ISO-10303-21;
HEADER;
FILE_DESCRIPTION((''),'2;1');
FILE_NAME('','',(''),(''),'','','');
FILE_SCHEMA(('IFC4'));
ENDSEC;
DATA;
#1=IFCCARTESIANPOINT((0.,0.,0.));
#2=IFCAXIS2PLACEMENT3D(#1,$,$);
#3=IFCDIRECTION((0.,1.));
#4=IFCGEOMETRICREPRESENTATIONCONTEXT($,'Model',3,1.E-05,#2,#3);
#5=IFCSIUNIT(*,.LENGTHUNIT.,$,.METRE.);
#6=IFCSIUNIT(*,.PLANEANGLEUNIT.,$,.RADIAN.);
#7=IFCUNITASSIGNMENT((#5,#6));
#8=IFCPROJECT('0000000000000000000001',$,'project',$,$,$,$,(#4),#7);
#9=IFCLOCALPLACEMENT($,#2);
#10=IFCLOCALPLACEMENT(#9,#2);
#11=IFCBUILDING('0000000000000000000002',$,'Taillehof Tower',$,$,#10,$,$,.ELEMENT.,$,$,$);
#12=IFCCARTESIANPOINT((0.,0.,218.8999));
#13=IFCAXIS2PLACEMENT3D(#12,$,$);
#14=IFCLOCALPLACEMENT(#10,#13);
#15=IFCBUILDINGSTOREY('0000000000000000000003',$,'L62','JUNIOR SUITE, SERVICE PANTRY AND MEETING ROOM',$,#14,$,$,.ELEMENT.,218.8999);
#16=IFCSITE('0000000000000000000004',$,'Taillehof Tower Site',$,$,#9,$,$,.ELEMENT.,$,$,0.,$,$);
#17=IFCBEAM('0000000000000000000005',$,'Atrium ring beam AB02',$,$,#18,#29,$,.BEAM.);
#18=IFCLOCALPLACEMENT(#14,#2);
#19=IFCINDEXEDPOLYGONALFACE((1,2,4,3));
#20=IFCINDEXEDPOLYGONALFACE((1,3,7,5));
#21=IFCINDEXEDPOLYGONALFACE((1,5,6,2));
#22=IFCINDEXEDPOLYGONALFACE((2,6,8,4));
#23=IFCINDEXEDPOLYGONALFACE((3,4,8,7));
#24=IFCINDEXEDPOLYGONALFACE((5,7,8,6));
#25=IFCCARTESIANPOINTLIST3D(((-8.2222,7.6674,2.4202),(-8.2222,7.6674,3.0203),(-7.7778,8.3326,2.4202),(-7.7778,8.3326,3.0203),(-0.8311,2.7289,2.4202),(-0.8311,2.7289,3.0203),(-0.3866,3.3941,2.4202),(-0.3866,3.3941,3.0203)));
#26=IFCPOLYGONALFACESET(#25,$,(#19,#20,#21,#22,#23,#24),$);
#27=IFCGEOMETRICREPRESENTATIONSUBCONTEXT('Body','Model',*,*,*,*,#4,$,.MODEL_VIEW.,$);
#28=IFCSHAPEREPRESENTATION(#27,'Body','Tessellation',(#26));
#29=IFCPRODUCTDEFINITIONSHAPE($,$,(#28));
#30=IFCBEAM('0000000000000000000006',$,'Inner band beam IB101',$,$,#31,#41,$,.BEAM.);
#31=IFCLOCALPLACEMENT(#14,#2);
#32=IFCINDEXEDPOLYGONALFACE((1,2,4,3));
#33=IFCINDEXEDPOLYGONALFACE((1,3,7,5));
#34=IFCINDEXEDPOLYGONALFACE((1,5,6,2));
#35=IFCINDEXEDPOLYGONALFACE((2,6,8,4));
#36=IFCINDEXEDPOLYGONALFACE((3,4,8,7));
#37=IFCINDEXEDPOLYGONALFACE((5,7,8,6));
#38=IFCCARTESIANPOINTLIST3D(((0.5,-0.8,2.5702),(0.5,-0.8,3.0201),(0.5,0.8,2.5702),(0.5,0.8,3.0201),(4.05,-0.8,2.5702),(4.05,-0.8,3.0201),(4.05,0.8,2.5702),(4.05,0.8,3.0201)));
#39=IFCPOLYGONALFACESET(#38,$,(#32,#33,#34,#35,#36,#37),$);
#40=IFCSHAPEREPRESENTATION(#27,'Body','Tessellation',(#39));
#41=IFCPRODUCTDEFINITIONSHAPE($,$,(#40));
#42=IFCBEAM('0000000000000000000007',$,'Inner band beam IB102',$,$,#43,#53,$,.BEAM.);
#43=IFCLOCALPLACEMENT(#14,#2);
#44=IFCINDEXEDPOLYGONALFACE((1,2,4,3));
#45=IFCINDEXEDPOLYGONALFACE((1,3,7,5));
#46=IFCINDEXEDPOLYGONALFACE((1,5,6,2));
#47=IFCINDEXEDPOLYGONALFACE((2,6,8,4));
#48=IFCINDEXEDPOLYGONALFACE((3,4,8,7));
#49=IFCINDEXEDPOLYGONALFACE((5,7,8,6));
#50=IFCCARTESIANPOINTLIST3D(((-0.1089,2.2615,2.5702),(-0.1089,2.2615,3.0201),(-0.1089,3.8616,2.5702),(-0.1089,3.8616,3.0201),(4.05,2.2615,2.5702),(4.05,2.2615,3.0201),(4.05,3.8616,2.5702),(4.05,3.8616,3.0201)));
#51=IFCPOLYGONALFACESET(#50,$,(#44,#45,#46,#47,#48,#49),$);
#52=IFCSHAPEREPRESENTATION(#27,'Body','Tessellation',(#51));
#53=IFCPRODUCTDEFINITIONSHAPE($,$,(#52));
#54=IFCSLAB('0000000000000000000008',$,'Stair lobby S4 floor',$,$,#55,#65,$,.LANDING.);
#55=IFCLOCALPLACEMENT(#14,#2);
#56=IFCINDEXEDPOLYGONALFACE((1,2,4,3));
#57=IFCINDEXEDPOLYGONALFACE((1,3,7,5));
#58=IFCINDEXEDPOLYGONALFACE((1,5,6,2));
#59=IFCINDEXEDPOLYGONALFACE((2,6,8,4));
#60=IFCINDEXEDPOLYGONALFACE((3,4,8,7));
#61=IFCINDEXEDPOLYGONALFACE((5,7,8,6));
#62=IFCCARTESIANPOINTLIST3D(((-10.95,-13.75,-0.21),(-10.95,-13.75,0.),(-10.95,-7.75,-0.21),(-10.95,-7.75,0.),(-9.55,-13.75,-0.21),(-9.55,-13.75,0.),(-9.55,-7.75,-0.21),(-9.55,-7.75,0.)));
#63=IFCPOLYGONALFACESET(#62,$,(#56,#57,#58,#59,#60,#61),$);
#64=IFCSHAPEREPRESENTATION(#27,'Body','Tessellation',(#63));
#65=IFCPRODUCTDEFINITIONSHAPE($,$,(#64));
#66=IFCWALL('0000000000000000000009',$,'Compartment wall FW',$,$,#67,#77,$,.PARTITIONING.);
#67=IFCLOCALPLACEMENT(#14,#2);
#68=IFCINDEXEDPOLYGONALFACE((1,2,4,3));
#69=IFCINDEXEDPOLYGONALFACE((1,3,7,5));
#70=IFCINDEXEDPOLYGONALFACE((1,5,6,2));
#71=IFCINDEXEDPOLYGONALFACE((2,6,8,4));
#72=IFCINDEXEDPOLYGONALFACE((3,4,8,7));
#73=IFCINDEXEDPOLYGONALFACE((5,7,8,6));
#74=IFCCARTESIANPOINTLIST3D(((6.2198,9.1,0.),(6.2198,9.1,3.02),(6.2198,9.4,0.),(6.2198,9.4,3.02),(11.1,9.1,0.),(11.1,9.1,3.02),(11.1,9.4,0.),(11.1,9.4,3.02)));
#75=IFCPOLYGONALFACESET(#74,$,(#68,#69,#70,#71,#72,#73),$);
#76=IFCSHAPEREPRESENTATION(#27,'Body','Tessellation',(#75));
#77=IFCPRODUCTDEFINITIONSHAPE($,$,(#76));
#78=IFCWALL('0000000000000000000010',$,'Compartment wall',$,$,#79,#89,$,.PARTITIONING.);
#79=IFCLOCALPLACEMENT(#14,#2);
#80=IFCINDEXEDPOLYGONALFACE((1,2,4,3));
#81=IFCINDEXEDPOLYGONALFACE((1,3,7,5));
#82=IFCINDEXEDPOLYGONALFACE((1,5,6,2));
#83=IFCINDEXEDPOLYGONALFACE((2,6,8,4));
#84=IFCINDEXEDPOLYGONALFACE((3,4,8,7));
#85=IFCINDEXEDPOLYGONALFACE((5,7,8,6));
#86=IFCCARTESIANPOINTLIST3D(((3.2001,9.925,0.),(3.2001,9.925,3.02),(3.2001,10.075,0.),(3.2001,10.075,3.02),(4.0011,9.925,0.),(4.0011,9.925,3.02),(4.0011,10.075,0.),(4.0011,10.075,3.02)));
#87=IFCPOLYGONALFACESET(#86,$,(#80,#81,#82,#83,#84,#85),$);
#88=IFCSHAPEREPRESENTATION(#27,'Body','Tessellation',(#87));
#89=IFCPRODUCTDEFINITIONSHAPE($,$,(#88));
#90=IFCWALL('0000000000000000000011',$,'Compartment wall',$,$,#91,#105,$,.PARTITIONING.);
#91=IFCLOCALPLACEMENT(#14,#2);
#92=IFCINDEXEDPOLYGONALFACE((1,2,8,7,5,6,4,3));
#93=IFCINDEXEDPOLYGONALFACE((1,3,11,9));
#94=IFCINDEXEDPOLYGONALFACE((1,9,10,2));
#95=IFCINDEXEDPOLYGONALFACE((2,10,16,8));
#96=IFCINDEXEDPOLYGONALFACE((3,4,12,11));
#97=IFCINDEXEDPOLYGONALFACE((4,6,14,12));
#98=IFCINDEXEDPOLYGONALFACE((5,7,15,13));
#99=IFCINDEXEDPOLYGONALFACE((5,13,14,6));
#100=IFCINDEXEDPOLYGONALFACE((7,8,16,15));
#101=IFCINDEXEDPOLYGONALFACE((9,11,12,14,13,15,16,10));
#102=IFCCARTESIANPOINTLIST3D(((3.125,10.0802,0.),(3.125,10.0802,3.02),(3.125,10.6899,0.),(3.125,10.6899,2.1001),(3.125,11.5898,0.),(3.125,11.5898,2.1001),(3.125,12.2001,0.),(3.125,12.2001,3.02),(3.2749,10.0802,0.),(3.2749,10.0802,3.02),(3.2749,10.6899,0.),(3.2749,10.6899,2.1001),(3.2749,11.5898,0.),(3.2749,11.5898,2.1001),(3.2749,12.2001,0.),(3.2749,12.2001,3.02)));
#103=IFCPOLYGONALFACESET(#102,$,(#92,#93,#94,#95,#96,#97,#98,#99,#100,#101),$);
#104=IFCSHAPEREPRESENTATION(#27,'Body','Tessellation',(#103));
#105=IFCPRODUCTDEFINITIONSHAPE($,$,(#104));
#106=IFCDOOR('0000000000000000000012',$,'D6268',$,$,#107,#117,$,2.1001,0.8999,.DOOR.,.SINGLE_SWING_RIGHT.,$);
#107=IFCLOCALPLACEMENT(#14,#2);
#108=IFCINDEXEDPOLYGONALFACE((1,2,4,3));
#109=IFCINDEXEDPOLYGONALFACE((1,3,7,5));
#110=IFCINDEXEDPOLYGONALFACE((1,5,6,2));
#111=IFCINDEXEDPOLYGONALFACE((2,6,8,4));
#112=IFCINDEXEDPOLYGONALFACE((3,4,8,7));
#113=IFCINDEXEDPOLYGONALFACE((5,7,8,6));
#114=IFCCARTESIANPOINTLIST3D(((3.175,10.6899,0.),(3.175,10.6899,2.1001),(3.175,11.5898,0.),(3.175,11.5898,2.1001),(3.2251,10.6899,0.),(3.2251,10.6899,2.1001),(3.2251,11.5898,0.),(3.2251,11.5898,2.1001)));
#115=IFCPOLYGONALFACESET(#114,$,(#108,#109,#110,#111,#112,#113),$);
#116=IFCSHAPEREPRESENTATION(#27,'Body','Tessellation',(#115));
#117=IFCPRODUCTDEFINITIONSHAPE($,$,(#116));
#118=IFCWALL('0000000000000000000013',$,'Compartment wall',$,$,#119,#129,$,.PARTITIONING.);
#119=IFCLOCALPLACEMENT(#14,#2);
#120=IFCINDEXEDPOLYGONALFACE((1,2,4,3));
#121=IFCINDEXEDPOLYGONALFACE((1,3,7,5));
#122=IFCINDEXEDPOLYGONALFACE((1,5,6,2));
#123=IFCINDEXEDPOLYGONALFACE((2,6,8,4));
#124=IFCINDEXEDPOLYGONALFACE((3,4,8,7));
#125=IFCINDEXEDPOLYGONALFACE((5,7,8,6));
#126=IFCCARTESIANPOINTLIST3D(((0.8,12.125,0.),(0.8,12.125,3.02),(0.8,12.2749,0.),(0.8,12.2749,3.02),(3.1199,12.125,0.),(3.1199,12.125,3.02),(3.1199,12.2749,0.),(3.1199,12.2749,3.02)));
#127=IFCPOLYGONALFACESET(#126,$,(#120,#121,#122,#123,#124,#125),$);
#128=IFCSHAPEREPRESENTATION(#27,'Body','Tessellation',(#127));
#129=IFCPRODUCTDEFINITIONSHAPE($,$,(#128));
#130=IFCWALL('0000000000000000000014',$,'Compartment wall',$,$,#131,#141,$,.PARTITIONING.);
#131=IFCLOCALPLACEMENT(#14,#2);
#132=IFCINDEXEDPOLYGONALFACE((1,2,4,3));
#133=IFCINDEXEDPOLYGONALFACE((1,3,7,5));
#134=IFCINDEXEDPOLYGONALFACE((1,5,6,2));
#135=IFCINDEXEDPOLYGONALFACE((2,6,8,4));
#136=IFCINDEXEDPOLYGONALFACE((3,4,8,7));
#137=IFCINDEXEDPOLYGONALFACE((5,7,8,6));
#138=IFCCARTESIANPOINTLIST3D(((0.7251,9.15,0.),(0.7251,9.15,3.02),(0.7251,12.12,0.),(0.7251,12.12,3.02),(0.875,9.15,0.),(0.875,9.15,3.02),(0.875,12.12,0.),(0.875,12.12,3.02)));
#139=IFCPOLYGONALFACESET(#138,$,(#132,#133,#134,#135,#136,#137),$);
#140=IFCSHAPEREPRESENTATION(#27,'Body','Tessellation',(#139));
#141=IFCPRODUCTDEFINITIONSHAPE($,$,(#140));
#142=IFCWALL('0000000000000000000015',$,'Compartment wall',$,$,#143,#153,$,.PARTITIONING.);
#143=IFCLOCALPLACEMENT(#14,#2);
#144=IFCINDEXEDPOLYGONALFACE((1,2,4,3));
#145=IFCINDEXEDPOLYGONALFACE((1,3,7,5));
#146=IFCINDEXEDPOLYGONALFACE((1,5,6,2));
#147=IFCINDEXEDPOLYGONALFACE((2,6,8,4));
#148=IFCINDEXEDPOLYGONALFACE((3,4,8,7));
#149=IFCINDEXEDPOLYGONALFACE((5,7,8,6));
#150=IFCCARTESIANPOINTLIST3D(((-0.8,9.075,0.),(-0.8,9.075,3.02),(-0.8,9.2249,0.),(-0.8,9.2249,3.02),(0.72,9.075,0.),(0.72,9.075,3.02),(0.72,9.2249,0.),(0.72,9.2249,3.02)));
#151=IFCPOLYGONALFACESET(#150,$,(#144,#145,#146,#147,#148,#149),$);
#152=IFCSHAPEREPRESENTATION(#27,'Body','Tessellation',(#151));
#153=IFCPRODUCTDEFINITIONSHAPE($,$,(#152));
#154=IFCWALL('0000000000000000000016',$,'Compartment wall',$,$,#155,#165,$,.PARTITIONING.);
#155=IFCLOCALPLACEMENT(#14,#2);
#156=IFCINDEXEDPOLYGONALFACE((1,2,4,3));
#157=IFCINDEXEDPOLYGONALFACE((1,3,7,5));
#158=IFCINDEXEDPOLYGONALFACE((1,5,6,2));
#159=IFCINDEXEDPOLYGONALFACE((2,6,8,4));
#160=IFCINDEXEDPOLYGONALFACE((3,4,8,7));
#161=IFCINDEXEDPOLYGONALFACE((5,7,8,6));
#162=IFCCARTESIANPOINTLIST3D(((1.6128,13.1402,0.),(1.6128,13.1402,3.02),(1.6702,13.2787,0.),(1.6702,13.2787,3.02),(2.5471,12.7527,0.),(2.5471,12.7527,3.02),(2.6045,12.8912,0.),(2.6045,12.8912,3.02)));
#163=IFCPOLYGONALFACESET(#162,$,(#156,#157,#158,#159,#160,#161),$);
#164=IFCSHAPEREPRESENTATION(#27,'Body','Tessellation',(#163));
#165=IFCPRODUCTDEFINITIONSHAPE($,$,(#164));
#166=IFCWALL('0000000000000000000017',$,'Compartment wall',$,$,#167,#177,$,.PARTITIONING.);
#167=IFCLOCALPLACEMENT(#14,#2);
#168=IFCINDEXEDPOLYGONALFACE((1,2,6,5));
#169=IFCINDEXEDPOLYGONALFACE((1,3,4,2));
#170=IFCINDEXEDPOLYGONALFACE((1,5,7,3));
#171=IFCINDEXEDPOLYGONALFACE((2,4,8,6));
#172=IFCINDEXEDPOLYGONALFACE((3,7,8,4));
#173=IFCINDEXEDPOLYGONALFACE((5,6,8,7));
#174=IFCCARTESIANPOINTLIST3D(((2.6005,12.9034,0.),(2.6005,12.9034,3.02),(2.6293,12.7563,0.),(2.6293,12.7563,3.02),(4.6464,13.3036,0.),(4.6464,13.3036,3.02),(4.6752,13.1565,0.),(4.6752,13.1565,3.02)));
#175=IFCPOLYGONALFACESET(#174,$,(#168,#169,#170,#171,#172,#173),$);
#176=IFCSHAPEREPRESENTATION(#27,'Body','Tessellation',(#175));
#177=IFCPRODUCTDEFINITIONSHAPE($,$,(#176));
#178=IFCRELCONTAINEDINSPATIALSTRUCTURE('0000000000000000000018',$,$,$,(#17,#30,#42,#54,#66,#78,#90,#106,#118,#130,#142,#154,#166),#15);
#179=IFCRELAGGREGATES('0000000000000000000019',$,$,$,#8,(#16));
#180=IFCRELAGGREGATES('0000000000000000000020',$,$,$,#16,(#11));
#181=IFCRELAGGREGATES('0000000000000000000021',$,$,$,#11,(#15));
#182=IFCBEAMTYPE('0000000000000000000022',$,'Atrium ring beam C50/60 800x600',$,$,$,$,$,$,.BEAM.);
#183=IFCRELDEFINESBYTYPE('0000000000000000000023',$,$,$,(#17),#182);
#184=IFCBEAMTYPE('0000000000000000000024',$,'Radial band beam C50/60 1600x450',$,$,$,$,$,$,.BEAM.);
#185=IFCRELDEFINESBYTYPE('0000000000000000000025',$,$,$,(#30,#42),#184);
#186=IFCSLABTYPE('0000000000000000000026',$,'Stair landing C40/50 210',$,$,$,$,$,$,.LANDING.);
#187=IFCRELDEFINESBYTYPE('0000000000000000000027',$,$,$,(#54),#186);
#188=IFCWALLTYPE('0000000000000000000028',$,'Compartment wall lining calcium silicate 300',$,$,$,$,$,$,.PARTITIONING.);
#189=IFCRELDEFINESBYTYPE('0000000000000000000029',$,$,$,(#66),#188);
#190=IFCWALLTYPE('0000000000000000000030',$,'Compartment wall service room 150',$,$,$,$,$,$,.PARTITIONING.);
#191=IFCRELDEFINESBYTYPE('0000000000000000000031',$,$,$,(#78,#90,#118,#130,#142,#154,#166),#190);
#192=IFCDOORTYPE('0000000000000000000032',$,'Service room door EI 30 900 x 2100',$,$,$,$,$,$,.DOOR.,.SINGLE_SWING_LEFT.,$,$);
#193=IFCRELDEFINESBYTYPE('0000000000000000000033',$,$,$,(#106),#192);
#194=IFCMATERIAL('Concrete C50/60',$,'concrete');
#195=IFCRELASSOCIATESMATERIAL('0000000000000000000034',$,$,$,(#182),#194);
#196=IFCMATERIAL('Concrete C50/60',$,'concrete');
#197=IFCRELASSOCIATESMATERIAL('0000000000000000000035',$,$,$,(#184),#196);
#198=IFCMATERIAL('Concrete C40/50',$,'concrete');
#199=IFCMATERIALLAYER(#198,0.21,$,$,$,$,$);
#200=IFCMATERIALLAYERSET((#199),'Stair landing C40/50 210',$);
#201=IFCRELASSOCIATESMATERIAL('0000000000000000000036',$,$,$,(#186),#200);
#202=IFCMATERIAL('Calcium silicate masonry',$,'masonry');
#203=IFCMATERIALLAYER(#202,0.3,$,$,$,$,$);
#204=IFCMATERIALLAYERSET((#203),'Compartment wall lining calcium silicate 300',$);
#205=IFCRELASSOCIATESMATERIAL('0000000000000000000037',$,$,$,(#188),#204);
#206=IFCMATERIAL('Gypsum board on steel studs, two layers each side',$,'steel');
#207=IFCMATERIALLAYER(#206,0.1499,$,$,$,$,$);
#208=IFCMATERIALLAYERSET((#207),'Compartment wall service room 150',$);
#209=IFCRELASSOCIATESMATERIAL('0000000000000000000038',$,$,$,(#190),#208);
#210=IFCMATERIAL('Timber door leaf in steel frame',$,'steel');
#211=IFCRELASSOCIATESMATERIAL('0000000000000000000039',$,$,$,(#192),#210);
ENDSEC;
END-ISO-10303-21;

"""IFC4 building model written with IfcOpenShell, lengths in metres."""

from ifc_helpers import new_model, si_unit, direction, frame, frame_2d, origin, origin_2d, place, context, subcontext, project, spatial, polyline, rectangle, outline, extrude, material, layer, layer_set, material_profile, profile_set, type_object, element, fill, save


model = new_model("IFC4")

# Units and contexts
model_context = context("Model", 3, precision=1e-05, world=origin(), true_north=direction((0.0, 1.0)))
body_context = subcontext(model_context, "Body", "Model", "MODEL_VIEW")
ifc_project = project(units=[si_unit("LENGTHUNIT", "METRE"), si_unit("PLANEANGLEUNIT", "RADIAN")], contexts=[model_context])

# Site, building, storey
site_placement = place(None, origin())
site = spatial("IfcSite", under=ifc_project, at=site_placement, Name="Taillehof Tower Site", CompositionType="ELEMENT", RefElevation=0.0)
building_placement = place(site_placement, origin())
building = spatial("IfcBuilding", under=site, at=building_placement, Name="Taillehof Tower", CompositionType="ELEMENT")
storey_placement = place(building_placement, frame((0.0, 0.0, 218.8999)))
storey = spatial("IfcBuildingStorey", under=building, at=storey_placement, Name="L62", Description="JUNIOR SUITE, SERVICE PANTRY AND MEETING ROOM", CompositionType="ELEMENT", Elevation=218.8999)

# Beams
ifc_material_1 = material(Name="Concrete C50/60", Category="concrete")
ifc_material_profile_1 = material_profile(ifc_material_1, rectangle(XDim=0.8, YDim=0.6001, at=origin_2d()), Name="RC 800x600")
ifc_profile_set_1 = profile_set([ifc_material_profile_1], Name="Concrete C50/60")
beam_type_1 = type_object("IfcBeamType", Name="Atrium ring beam C50/60 800x600", PredefinedType="BEAM", material=ifc_profile_set_1)
beam_1_placement = place(storey_placement, frame((-0.6089, 3.0615, 2.7202), z_axis=(-0.831475, 0.555562, 0.0), x_axis=(-0.555562, -0.831475, 0.0)))
element("IfcBeam", 1, at=beam_1_placement, inside=storey, type_object=beam_type_1, Name="Atrium ring beam AB02", PredefinedType="BEAM", context=body_context, shape_type="SweptSolid", body=[
    extrude(rectangle(XDim=0.8, YDim=0.6001, at=origin_2d()), origin(), (0.0, 0.0, 1.0), 8.8892),
])
ifc_material_2 = material(Name="Concrete C50/60", Category="concrete")
ifc_material_profile_2 = material_profile(ifc_material_2, rectangle(XDim=1.6001, YDim=0.45, at=origin_2d()), Name="RC 1600x450")
ifc_profile_set_2 = profile_set([ifc_material_profile_2], Name="Concrete C50/60")
beam_type_2 = type_object("IfcBeamType", Name="Radial band beam C50/60 1600x450", PredefinedType="BEAM", material=ifc_profile_set_2)
beam_2_placement = place(storey_placement, frame((0.5, 0.0, 2.7952), z_axis=(1.0, 0.0, 0.0), x_axis=(0.0, 1.0, 0.0)))
element("IfcBeam", 2, at=beam_2_placement, inside=storey, type_object=beam_type_2, Name="Inner band beam IB101", PredefinedType="BEAM", context=body_context, shape_type="SweptSolid", body=[
    extrude(rectangle(XDim=1.6001, YDim=0.45, at=origin_2d()), origin(), (0.0, 0.0, 1.0), 3.55),
])
beam_3_placement = place(storey_placement, frame((-0.1089, 3.0615, 2.7952), z_axis=(1.0, 0.0, 0.0), x_axis=(0.0, 1.0, 0.0)))
element("IfcBeam", 3, at=beam_3_placement, inside=storey, type_object=beam_type_2, Name="Inner band beam IB102", PredefinedType="BEAM", context=body_context, shape_type="SweptSolid", body=[
    extrude(rectangle(XDim=1.6001, YDim=0.45, at=origin_2d()), origin(), (0.0, 0.0, 1.0), 4.1589),
])

# Slab
ifc_material_3 = material(Name="Concrete C40/50", Category="concrete")
ifc_layer_1 = layer(ifc_material_3, 0.21)
ifc_layer_set_1 = layer_set([ifc_layer_1], Name="Stair landing C40/50 210")
slab_type = type_object("IfcSlabType", Name="Stair landing C40/50 210", PredefinedType="LANDING", material=ifc_layer_set_1)
slab_placement = place(storey_placement, frame((0.0, 0.0, -0.21)))
element("IfcSlab", 4, at=slab_placement, inside=storey, type_object=slab_type, Name="Stair lobby S4 floor", PredefinedType="LANDING", context=body_context, shape_type="SweptSolid", body=[
    extrude(outline(polyline([(-10.95, -13.75), (-9.55, -13.75), (-9.55, -7.75), (-10.95, -7.75), (-10.95, -13.75)])), origin(), (0.0, 0.0, 1.0), 0.21),
])

# Walls
ifc_material_4 = material(Name="Calcium silicate masonry", Category="masonry")
ifc_layer_2 = layer(ifc_material_4, 0.3)
ifc_layer_set_2 = layer_set([ifc_layer_2], Name="Compartment wall lining calcium silicate 300")
wall_type_1 = type_object("IfcWallType", Name="Compartment wall lining calcium silicate 300", PredefinedType="PARTITIONING", material=ifc_layer_set_2)
wall_1_placement = place(storey_placement, frame((6.22, 9.25, 0.0), z_axis=(0.0, 0.0, 1.0), x_axis=(1.0, 0.0, 0.0)))
element("IfcWall", 5, at=wall_1_placement, inside=storey, type_object=wall_type_1, Name="Compartment wall FW", PredefinedType="PARTITIONING", context=body_context, shape_type="SweptSolid", body=[
    extrude(rectangle(XDim=4.8801, YDim=0.3, at=frame_2d((2.4399, 0.0))), origin(), (0.0, 0.0, 1.0), 3.02),
])
ifc_material_5 = material(Name="Gypsum board on steel studs, two layers each side", Category="steel")
ifc_layer_3 = layer(ifc_material_5, 0.1499)
ifc_layer_set_3 = layer_set([ifc_layer_3], Name="Compartment wall service room 150")
wall_type_2 = type_object("IfcWallType", Name="Compartment wall service room 150", PredefinedType="PARTITIONING", material=ifc_layer_set_3)
wall_2_placement = place(storey_placement, frame((4.001, 10.0, 0.0), z_axis=(0.0, 0.0, 1.0), x_axis=(-1.0, 0.0, 0.0)))
element("IfcWall", 6, at=wall_2_placement, inside=storey, type_object=wall_type_2, Name="Compartment wall", PredefinedType="PARTITIONING", context=body_context, shape_type="SweptSolid", body=[
    extrude(rectangle(XDim=0.801, YDim=0.1499, at=frame_2d((0.4004, 0.0))), origin(), (0.0, 0.0, 1.0), 3.02),
])

# Wall, opening, door
wall_3_placement = place(storey_placement, frame((3.2, 10.0801, 0.0), z_axis=(0.0, 0.0, 1.0), x_axis=(0.0, 1.0, 0.0)))
wall_3 = element("IfcWall", 7, at=wall_3_placement, inside=storey, type_object=wall_type_2, Name="Compartment wall", PredefinedType="PARTITIONING", context=body_context, shape_type="SweptSolid", body=[
    extrude(rectangle(XDim=2.1199, YDim=0.1499, at=frame_2d((1.0601, 0.0))), origin(), (0.0, 0.0, 1.0), 3.02),
])
opening_1_placement = place(wall_3_placement, frame((0.6099, 0.0, 0.0)))
opening_1 = element("IfcOpeningElement", 8, at=opening_1_placement, cuts=wall_3, PredefinedType="OPENING", context=body_context, shape_type="SweptSolid", body=[
    extrude(rectangle(XDim=0.8999, YDim=2.1001, at=frame_2d((0.45, 1.05))), frame((0.0, 0.085, 0.0), z_axis=(0.0, -1.0, 0.0), x_axis=(1.0, 0.0, 0.0)), (0.0, 0.0, 1.0), 0.1699),
])
ifc_material_6 = material(Name="Timber door leaf in steel frame", Category="steel")
door_type_1 = type_object("IfcDoorType", Name="Service room door EI 30 900 x 2100", OperationType="SINGLE_SWING_LEFT", PredefinedType="DOOR", material=ifc_material_6)
door_1_placement = place(opening_1_placement, origin())
door_1 = element("IfcDoor", 9, at=door_1_placement, inside=storey, type_object=door_type_1, Name="D6268", OperationType="SINGLE_SWING_RIGHT", OverallHeight=2.1001, OverallWidth=0.8999, PredefinedType="DOOR", context=body_context, shape_type="SweptSolid", body=[
    extrude(rectangle(XDim=0.8999, YDim=2.1001, at=frame_2d((0.45, 1.05))), frame((0.0, 0.0249, 0.0), z_axis=(0.0, -1.0, 0.0), x_axis=(1.0, 0.0, 0.0)), (0.0, 0.0, 1.0), 0.05),
])
fill(opening_1, door_1)

# Walls
wall_4_placement = place(storey_placement, frame((3.1199, 12.2, 0.0), z_axis=(0.0, 0.0, 1.0), x_axis=(-1.0, 0.0, 0.0)))
element("IfcWall", 10, at=wall_4_placement, inside=storey, type_object=wall_type_2, Name="Compartment wall", PredefinedType="PARTITIONING", context=body_context, shape_type="SweptSolid", body=[
    extrude(rectangle(XDim=2.3198, YDim=0.1499, at=frame_2d((1.1599, 0.0))), origin(), (0.0, 0.0, 1.0), 3.02),
])
wall_5_placement = place(storey_placement, frame((0.8, 12.1199, 0.0), z_axis=(0.0, 0.0, 1.0), x_axis=(0.0, -1.0, 0.0)))
element("IfcWall", 11, at=wall_5_placement, inside=storey, type_object=wall_type_2, Name="Compartment wall", PredefinedType="PARTITIONING", context=body_context, shape_type="SweptSolid", body=[
    extrude(rectangle(XDim=2.97, YDim=0.1499, at=frame_2d((1.4849, 0.0))), origin(), (0.0, 0.0, 1.0), 3.02),
])
wall_6_placement = place(storey_placement, frame((0.72, 9.1499, 0.0), z_axis=(0.0, 0.0, 1.0), x_axis=(-1.0, 0.0, 0.0)))
element("IfcWall", 12, at=wall_6_placement, inside=storey, type_object=wall_type_2, Name="Compartment wall", PredefinedType="PARTITIONING", context=body_context, shape_type="SweptSolid", body=[
    extrude(rectangle(XDim=1.52, YDim=0.1499, at=frame_2d((0.76, 0.0))), origin(), (0.0, 0.0, 1.0), 3.02),
])
wall_7_placement = place(storey_placement, frame((1.6414, 13.2095, 0.0), z_axis=(0.0, 0.0, 1.0), x_axis=(0.923725, -0.383055, 0.0)))
element("IfcWall", 13, at=wall_7_placement, inside=storey, type_object=wall_type_2, Name="Compartment wall", PredefinedType="PARTITIONING", context=body_context, shape_type="SweptSolid", body=[
    extrude(rectangle(XDim=1.0115, YDim=0.1499, at=frame_2d((0.5059, 0.0))), origin(), (0.0, 0.0, 1.0), 3.02),
])
wall_8_placement = place(storey_placement, frame((2.6147, 12.8298, 0.0), z_axis=(0.0, 0.0, 1.0), x_axis=(0.981405, 0.191948, 0.0)))
element("IfcWall", 14, at=wall_8_placement, inside=storey, type_object=wall_type_2, Name="Compartment wall", PredefinedType="PARTITIONING", context=body_context, shape_type="SweptSolid", body=[
    extrude(rectangle(XDim=2.0847, YDim=0.1499, at=frame_2d((1.0425, 0.0))), origin(), (0.0, 0.0, 1.0), 3.02),
])

save(model, "model.ifc")
